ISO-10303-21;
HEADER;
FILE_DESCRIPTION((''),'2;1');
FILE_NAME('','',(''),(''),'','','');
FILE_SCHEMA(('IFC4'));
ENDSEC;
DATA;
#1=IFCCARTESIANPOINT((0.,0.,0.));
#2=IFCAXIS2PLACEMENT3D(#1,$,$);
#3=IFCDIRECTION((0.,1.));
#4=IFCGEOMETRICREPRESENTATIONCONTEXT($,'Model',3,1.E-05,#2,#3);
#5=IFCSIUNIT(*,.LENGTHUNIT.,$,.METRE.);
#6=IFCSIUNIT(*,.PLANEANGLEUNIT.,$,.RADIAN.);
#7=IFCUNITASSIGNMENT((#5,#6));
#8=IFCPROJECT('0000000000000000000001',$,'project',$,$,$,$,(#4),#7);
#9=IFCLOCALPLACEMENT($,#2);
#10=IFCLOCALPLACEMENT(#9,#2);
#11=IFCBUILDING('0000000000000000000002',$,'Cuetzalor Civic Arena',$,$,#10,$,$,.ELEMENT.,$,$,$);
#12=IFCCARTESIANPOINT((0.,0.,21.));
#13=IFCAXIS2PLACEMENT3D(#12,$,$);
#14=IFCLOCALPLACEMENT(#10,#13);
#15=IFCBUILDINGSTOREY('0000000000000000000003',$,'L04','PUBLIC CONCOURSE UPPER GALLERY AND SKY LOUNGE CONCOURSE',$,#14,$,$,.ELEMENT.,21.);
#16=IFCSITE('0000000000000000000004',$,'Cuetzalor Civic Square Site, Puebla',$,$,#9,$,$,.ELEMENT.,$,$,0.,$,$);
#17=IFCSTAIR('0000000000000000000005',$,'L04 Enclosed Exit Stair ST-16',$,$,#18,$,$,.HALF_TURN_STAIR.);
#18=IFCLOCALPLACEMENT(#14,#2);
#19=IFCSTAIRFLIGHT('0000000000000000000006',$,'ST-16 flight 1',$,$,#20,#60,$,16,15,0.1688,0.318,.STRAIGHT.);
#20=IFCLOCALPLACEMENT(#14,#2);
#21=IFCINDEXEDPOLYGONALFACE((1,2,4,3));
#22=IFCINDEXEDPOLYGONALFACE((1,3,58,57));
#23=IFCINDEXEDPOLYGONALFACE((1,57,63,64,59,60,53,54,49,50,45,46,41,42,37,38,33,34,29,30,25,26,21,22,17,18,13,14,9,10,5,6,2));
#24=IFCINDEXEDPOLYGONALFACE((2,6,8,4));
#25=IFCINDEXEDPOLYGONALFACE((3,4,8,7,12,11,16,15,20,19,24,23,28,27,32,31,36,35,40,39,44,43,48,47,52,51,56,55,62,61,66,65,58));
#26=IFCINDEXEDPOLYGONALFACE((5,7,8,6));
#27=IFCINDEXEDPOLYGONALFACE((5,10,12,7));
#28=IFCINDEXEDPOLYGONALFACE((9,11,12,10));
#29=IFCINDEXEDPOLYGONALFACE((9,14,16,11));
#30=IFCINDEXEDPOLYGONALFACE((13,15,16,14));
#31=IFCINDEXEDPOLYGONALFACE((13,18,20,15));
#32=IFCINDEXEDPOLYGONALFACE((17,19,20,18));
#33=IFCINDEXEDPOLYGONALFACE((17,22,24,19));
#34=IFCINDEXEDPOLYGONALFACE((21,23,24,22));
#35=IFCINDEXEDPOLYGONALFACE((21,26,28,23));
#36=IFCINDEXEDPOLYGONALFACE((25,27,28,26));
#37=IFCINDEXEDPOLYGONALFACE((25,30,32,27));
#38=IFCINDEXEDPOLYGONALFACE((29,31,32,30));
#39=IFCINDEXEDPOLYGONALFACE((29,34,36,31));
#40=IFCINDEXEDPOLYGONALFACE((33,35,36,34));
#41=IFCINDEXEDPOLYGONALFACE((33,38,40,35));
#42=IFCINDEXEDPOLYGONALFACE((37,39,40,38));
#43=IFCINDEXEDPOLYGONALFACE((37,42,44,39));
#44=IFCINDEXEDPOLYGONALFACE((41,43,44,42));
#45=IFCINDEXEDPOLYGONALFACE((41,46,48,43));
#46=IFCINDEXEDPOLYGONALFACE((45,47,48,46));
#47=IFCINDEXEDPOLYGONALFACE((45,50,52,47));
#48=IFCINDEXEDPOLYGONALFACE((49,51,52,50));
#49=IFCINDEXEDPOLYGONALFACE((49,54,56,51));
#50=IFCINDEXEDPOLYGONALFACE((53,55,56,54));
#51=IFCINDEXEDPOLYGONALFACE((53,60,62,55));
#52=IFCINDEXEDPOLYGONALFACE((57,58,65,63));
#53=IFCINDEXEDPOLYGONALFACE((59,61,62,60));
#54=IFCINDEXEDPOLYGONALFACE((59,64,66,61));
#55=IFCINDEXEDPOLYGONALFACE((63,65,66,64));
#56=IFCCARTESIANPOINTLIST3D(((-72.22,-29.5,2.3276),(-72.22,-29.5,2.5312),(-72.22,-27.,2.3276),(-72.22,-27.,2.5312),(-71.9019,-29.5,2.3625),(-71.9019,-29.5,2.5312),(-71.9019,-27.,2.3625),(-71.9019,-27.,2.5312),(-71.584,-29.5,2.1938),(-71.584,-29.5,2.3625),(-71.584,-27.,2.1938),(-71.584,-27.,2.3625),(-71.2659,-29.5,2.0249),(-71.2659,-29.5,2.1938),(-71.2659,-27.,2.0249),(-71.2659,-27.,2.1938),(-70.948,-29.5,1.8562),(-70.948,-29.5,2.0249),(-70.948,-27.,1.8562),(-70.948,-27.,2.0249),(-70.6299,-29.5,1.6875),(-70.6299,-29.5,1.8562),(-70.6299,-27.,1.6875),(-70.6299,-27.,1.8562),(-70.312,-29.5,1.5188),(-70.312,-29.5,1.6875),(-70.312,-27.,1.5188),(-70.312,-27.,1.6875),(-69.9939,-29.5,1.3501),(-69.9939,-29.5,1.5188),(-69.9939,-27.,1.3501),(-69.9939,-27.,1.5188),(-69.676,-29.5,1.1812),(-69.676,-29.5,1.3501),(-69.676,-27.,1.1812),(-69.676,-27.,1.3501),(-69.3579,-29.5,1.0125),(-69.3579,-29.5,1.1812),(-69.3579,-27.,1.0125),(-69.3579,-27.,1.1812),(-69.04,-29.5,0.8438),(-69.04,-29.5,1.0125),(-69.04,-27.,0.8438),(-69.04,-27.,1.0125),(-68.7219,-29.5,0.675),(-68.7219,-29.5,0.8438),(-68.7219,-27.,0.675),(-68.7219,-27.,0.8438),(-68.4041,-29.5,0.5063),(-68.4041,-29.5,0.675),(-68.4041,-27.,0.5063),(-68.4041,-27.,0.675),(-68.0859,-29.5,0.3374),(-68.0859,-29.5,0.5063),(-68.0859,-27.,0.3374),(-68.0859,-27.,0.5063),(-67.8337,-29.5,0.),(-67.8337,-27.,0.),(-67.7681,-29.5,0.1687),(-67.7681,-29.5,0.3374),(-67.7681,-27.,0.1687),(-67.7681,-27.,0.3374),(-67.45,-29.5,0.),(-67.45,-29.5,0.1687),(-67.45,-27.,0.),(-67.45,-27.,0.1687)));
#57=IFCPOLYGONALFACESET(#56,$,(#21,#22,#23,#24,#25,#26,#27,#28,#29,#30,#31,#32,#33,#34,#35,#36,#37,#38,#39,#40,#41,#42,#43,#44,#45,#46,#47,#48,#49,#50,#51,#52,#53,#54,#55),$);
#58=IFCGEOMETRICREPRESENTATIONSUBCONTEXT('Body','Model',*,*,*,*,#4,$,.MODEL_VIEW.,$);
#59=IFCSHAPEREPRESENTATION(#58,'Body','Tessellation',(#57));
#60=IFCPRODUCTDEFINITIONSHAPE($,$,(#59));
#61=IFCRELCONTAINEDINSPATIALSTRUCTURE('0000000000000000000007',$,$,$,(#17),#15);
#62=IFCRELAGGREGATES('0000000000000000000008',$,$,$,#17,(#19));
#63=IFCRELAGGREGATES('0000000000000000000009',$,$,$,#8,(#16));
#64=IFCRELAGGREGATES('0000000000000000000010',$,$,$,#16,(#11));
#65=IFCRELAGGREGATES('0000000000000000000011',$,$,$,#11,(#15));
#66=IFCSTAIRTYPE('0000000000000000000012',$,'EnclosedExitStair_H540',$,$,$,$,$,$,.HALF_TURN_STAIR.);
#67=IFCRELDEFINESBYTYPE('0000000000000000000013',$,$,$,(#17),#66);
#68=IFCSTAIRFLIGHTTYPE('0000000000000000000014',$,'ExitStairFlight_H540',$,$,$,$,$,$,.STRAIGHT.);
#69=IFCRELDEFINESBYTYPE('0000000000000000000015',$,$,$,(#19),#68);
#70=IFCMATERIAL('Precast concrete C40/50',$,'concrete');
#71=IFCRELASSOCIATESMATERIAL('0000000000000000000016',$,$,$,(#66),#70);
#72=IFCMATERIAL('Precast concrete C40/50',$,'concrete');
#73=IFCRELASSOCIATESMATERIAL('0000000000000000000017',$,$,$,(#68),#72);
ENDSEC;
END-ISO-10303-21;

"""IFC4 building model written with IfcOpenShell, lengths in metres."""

from ifc_helpers import new_model, si_unit, direction, frame, origin, place, context, subcontext, project, spatial, polyline, outline, extrude, material, type_object, element, aggregate, save


model = new_model("IFC4")

# Units and contexts
model_context = context("Model", 3, precision=1e-05, world=origin(), true_north=direction((0.0, 1.0)))
body_context = subcontext(model_context, "Body", "Model", "MODEL_VIEW")
ifc_project = project(units=[si_unit("LENGTHUNIT", "METRE"), si_unit("PLANEANGLEUNIT", "RADIAN")], contexts=[model_context])

# Site, building, storey
site_placement = place(None, origin())
site = spatial("IfcSite", under=ifc_project, at=site_placement, Name="Cuetzalor Civic Square Site, Puebla", CompositionType="ELEMENT", RefElevation=0.0)
building_placement = place(site_placement, origin())
building = spatial("IfcBuilding", under=site, at=building_placement, Name="Cuetzalor Civic Arena", CompositionType="ELEMENT")
storey_placement = place(building_placement, frame((0.0, 0.0, 21.0)))
storey = spatial("IfcBuildingStorey", under=building, at=storey_placement, Name="L04", Description="PUBLIC CONCOURSE UPPER GALLERY AND SKY LOUNGE CONCOURSE", CompositionType="ELEMENT", Elevation=21.0)

# Stair, stair flight
ifc_material_1 = material(Name="Precast concrete C40/50", Category="concrete")
stair_type = type_object("IfcStairType", Name="EnclosedExitStair_H540", PredefinedType="HALF_TURN_STAIR", material=ifc_material_1)
stair_placement = place(storey_placement, origin())
stair = element("IfcStair", 1, at=stair_placement, inside=storey, type_object=stair_type, Name="L04 Enclosed Exit Stair ST-16", PredefinedType="HALF_TURN_STAIR")
ifc_material_2 = material(Name="Precast concrete C40/50", Category="concrete")
stair_flight_type = type_object("IfcStairFlightType", Name="ExitStairFlight_H540", PredefinedType="STRAIGHT", material=ifc_material_2)
stair_flight_placement = place(storey_placement, frame((-67.45, -28.25, 0.0), z_axis=(0.0, 0.0, 1.0), x_axis=(-1.0, 0.0, 0.0)))
stair_flight = element("IfcStairFlight", 2, at=stair_flight_placement, type_object=stair_flight_type, Name="ST-16 flight 1", NumberOfRisers=16, NumberOfTreads=15, PredefinedType="STRAIGHT", RiserHeight=0.1688, TreadLength=0.318, context=body_context, shape_type="SweptSolid", body=[
    extrude(outline(polyline([(0.0, 0.0), (0.0, 0.1687), (0.3181, 0.1687), (0.3181, 0.3374), (0.636, 0.3374), (0.636, 0.5063), (0.9541, 0.5063), (0.9541, 0.675), (1.272, 0.675), (1.272, 0.8438), (1.5901, 0.8438), (1.5901, 1.0125), (1.908, 1.0125), (1.908, 1.1812), (2.2261, 1.1812), (2.2261, 1.3501), (2.5439, 1.3501), (2.5439, 1.5188), (2.8621, 1.5188), (2.8621, 1.6875), (3.1799, 1.6875), (3.1799, 1.8562), (3.498, 1.8562), (3.498, 2.0249), (3.8159, 2.0249), (3.8159, 2.1938), (4.134, 2.1938), (4.134, 2.3625), (4.4519, 2.3625), (4.4519, 2.5312), (4.77, 2.5312), (4.77, 2.7), (4.77, 2.3276), (0.3838, 0.0), (0.0, 0.0)])), frame((0.0, 1.25, 0.0), z_axis=(0.0, -1.0, 0.0), x_axis=(1.0, 0.0, 0.0)), (0.0, 0.0, 1.0), 2.5),
])
aggregate(stair, [stair_flight])

save(model, "model.ifc")
